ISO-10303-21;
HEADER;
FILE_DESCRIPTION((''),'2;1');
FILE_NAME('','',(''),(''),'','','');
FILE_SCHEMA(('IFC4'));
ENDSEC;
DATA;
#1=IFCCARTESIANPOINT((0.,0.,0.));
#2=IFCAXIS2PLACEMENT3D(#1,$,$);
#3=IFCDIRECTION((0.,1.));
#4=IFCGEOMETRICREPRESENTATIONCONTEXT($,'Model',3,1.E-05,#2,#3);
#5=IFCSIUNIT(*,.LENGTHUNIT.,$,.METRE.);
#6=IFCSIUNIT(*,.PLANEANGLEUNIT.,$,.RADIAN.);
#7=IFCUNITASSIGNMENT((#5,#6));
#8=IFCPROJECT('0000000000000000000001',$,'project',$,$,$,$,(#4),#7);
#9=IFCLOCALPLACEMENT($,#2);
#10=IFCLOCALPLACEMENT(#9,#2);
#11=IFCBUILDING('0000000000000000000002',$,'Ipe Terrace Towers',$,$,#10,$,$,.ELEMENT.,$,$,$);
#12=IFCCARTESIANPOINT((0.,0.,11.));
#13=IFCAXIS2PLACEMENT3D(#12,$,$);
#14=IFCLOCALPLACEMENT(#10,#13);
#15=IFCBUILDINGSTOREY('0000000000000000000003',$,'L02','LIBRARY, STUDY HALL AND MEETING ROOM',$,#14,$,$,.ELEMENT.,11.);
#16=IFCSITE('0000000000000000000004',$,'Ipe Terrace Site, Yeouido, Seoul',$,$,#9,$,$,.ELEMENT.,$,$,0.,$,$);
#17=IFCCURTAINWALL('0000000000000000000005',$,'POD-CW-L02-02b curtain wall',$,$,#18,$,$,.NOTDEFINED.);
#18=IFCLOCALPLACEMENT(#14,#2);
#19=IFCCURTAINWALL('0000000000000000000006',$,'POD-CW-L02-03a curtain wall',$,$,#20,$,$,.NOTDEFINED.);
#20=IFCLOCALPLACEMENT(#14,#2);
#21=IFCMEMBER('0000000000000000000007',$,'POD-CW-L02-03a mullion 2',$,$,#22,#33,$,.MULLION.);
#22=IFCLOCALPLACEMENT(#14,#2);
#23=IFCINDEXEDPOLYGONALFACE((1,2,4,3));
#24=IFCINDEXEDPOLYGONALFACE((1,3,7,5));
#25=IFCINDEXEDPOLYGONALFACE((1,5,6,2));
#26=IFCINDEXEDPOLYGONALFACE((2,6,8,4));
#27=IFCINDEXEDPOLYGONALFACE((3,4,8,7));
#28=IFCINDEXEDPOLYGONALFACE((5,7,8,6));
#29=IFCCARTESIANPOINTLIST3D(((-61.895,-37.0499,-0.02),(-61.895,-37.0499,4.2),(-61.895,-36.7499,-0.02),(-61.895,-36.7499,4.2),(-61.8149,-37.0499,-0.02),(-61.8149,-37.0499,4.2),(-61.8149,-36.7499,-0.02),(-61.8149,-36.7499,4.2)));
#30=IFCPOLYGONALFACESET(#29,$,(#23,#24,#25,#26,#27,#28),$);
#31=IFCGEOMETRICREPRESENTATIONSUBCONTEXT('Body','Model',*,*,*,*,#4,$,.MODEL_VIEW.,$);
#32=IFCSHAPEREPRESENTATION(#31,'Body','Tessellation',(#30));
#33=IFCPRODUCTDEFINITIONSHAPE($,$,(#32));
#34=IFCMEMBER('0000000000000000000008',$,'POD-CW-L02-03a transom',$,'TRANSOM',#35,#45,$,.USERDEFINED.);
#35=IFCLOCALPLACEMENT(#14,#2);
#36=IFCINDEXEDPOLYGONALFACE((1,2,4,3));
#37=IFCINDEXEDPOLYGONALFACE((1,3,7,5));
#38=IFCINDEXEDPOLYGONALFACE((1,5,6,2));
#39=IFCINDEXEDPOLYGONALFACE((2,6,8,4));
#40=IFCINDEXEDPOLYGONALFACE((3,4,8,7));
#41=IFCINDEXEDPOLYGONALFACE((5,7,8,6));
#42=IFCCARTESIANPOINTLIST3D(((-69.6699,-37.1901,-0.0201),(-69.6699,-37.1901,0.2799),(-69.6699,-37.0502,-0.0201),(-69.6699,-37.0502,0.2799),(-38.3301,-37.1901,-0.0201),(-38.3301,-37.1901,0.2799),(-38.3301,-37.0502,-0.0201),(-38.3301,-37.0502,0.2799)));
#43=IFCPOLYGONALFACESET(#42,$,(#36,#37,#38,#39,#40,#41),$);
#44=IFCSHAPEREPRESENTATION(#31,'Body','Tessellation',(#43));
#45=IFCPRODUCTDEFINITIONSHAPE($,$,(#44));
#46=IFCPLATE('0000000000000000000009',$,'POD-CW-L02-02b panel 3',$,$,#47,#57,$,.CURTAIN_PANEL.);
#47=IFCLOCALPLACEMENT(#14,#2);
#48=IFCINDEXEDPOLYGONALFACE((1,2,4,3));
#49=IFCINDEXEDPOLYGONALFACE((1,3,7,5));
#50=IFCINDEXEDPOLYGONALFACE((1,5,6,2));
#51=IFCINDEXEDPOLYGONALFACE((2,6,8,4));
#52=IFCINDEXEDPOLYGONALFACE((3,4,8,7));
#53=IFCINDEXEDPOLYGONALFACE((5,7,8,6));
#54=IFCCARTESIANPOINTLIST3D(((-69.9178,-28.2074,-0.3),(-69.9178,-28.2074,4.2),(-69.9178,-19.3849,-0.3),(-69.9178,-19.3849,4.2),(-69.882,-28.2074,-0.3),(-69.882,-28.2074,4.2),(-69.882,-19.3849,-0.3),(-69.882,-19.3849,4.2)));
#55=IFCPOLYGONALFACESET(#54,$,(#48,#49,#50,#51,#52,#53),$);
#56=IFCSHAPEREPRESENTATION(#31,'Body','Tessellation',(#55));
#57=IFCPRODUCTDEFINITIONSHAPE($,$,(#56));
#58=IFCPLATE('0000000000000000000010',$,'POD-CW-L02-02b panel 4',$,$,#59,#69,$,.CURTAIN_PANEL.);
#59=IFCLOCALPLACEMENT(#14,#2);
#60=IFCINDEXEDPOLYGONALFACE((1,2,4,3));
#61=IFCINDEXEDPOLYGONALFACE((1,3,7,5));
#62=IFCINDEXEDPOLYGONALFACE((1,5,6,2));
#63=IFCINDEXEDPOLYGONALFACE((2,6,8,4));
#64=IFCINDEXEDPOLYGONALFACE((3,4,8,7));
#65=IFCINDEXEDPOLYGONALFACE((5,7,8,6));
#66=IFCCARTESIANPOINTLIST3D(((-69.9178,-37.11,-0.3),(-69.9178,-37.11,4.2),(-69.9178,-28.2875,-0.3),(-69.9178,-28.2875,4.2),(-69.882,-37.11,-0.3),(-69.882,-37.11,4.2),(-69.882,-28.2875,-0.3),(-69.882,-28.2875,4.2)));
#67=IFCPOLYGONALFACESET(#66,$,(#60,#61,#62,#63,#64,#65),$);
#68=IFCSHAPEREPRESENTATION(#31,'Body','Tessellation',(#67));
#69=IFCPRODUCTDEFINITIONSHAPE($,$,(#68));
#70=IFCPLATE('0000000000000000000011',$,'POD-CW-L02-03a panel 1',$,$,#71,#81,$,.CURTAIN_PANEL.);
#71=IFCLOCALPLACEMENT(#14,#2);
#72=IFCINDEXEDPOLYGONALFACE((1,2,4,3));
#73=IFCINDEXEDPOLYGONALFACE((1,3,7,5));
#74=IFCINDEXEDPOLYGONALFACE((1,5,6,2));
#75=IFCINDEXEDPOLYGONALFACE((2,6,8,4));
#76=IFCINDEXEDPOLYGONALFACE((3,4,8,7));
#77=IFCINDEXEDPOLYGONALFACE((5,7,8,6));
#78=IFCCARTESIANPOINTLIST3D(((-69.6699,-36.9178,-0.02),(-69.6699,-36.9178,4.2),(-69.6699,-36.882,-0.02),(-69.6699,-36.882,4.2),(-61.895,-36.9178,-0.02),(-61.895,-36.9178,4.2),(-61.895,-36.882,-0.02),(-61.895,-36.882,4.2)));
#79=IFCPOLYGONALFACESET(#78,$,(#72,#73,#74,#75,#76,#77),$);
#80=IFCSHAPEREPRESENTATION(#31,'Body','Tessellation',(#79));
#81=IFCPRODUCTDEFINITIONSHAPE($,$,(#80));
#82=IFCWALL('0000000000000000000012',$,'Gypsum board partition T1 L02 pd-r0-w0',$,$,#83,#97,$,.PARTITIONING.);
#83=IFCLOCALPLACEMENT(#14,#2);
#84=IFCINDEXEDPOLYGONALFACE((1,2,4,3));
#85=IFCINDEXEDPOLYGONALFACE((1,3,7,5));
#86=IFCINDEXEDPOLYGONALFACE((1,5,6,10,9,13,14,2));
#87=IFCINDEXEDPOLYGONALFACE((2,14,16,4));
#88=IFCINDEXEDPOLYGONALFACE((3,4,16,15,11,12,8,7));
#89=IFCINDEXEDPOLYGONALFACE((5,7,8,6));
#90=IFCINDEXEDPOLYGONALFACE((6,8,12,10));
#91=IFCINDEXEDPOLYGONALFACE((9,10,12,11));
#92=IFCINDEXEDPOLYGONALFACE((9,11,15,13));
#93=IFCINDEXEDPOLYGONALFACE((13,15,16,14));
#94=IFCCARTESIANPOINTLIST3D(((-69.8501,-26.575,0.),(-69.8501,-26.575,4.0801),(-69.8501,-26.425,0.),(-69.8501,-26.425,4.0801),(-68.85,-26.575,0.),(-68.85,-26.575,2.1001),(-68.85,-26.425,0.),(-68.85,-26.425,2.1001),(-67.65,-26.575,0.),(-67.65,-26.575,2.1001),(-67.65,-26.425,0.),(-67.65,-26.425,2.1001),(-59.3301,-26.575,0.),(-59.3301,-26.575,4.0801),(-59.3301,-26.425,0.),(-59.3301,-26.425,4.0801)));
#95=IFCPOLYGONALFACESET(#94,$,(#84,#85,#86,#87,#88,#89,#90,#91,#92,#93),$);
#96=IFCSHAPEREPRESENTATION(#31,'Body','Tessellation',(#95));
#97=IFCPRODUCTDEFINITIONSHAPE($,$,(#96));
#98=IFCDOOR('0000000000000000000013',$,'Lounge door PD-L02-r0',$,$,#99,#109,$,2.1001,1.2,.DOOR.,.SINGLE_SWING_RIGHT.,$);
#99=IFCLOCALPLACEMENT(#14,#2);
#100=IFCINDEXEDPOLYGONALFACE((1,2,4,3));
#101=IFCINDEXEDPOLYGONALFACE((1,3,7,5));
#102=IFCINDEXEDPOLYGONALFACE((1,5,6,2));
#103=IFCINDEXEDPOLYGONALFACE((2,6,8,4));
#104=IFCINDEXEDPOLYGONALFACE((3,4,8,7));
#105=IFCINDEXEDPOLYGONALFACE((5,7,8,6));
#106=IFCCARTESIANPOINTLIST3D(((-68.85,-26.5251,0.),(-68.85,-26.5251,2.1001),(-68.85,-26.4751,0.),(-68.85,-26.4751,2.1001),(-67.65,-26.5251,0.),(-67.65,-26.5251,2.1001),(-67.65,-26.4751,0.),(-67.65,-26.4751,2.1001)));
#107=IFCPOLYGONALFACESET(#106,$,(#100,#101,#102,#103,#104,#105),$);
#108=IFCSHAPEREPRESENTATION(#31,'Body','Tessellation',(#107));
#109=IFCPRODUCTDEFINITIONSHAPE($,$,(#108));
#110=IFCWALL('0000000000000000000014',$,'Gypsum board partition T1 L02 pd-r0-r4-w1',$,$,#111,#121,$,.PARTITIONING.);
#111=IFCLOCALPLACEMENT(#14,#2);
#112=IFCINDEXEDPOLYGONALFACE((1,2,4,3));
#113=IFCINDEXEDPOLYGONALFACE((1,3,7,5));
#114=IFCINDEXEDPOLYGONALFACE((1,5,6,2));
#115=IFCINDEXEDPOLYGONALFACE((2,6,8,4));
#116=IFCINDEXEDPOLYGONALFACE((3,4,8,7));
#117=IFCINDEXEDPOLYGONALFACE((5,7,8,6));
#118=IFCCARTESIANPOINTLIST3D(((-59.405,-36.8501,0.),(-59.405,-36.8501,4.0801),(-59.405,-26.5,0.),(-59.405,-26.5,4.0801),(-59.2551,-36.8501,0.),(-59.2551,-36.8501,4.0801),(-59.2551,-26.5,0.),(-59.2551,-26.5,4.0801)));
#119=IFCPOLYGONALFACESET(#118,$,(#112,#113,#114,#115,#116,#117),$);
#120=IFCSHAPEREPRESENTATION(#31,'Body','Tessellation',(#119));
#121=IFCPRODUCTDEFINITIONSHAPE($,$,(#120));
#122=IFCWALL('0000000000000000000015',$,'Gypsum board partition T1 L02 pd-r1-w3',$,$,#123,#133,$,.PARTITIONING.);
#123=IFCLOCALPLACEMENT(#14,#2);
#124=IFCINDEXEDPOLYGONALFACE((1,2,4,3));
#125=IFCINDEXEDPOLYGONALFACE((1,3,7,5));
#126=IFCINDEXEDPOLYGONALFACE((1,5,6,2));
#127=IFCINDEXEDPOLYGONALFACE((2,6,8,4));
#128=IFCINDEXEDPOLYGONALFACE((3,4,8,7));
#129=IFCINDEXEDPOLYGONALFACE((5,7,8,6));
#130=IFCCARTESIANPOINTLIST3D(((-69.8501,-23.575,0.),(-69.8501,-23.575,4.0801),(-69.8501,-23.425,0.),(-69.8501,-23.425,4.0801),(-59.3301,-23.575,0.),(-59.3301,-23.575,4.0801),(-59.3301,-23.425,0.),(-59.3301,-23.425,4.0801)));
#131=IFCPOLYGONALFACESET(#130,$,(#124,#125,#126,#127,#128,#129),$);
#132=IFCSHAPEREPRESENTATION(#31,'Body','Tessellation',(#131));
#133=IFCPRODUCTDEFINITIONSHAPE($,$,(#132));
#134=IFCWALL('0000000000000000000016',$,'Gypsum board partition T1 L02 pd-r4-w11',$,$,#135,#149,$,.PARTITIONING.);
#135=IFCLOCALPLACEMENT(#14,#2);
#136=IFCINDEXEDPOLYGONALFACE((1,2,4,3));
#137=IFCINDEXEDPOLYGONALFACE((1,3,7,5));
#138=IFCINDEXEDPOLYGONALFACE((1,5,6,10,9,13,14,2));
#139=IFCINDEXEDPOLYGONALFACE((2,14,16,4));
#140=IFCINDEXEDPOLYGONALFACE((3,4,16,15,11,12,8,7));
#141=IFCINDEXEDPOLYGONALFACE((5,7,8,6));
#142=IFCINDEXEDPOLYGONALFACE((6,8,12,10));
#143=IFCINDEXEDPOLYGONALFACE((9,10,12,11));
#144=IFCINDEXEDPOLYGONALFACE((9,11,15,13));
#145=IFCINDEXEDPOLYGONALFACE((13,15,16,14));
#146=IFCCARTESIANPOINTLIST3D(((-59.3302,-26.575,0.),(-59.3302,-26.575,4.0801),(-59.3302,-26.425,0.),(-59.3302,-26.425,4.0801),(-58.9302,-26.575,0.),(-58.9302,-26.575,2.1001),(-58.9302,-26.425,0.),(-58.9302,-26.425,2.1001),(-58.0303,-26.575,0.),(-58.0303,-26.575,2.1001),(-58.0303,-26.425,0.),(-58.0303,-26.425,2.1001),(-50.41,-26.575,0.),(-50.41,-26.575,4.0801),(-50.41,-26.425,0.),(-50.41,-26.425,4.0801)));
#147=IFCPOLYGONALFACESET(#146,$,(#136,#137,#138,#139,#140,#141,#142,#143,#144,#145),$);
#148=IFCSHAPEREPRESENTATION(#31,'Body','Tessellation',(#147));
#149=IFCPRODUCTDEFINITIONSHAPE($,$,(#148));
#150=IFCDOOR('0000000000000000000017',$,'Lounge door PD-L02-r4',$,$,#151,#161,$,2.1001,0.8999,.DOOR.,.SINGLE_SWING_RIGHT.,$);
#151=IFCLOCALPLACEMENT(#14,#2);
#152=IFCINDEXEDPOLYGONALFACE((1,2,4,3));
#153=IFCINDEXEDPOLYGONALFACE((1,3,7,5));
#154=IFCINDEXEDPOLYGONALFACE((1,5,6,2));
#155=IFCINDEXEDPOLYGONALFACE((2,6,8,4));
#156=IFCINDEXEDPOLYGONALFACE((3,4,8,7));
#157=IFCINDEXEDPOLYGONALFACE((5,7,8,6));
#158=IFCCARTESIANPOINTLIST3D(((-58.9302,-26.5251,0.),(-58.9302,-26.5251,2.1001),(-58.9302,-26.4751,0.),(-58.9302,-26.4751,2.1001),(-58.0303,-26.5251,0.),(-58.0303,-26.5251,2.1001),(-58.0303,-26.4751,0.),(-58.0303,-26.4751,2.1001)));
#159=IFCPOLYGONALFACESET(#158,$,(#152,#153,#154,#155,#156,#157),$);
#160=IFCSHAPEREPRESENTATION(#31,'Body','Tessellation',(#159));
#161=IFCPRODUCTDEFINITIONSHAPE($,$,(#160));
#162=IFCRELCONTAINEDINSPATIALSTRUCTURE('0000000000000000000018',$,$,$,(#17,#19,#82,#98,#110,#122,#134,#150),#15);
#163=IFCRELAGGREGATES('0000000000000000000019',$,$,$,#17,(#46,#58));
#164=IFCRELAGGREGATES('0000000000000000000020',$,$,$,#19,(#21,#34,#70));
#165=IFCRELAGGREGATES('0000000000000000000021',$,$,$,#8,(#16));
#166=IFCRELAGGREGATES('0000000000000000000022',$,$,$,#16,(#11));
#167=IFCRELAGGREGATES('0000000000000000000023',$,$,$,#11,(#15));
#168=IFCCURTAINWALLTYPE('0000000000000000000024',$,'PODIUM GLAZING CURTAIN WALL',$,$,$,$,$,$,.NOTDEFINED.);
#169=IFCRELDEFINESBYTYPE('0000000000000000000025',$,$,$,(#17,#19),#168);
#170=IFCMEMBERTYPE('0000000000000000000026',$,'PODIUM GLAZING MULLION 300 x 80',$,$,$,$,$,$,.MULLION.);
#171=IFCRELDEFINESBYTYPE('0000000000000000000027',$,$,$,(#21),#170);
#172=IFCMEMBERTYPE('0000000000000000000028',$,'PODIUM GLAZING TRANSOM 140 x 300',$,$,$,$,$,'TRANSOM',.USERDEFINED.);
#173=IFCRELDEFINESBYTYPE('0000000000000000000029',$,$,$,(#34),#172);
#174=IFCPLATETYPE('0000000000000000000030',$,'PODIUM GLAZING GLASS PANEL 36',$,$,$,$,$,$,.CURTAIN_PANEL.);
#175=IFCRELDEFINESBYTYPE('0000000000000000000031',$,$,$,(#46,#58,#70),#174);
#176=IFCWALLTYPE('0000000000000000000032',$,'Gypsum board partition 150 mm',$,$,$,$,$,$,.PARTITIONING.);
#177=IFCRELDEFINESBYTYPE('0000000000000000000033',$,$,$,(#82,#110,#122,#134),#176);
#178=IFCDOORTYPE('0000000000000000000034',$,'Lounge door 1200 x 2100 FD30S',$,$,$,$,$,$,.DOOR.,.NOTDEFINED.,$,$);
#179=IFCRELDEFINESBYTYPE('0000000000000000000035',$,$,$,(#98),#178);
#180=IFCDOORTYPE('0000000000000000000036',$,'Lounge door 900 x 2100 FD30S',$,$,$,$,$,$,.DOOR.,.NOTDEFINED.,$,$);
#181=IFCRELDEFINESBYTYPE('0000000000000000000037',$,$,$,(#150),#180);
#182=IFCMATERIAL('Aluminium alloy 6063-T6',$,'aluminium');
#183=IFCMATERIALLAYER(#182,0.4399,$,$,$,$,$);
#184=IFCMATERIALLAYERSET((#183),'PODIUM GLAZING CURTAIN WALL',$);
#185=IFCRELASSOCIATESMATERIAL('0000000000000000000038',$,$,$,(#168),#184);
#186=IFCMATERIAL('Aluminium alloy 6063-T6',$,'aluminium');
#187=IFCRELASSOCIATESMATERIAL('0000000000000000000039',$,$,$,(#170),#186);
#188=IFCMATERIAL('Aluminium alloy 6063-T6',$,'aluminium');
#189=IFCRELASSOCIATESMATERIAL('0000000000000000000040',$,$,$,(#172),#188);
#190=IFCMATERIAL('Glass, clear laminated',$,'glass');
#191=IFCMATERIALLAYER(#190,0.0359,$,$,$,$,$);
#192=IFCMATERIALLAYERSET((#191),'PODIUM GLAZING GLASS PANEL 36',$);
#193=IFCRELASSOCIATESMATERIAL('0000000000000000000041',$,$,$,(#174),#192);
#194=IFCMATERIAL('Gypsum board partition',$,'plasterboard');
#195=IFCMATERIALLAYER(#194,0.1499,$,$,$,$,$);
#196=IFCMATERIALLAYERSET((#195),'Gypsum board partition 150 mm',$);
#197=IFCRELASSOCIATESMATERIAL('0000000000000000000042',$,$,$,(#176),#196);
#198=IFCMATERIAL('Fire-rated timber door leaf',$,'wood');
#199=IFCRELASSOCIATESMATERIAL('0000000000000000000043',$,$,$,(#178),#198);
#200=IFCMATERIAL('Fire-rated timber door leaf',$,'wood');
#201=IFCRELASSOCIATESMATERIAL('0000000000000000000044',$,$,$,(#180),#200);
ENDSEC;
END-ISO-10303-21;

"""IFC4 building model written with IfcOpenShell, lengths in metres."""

from ifc_helpers import new_model, si_unit, direction, frame, frame_2d, origin, origin_2d, place, context, subcontext, project, spatial, rectangle, extrude, material, layer, layer_set, material_profile, profile_set, type_object, element, fill, aggregate, save


model = new_model("IFC4")

# Units and contexts
model_context = context("Model", 3, precision=1e-05, world=origin(), true_north=direction((0.0, 1.0)))
body_context = subcontext(model_context, "Body", "Model", "MODEL_VIEW")
ifc_project = project(units=[si_unit("LENGTHUNIT", "METRE"), si_unit("PLANEANGLEUNIT", "RADIAN")], contexts=[model_context])

# Site, building, storey
site_placement = place(None, origin())
site = spatial("IfcSite", under=ifc_project, at=site_placement, Name="Ipe Terrace Site, Yeouido, Seoul", CompositionType="ELEMENT", RefElevation=0.0)
building_placement = place(site_placement, origin())
building = spatial("IfcBuilding", under=site, at=building_placement, Name="Ipe Terrace Towers", CompositionType="ELEMENT")
storey_placement = place(building_placement, frame((0.0, 0.0, 11.0)))
storey = spatial("IfcBuildingStorey", under=building, at=storey_placement, Name="L02", Description="LIBRARY, STUDY HALL AND MEETING ROOM", CompositionType="ELEMENT", Elevation=11.0)

# Curtain walls, members
ifc_material_1 = material(Name="Aluminium alloy 6063-T6", Category="aluminium")
ifc_layer_1 = layer(ifc_material_1, 0.4399)
ifc_layer_set_1 = layer_set([ifc_layer_1], Name="PODIUM GLAZING CURTAIN WALL")
curtain_wall_type = type_object("IfcCurtainWallType", Name="PODIUM GLAZING CURTAIN WALL", PredefinedType="NOTDEFINED", material=ifc_layer_set_1)
curtain_wall_1_placement = place(storey_placement, origin())
curtain_wall_1 = element("IfcCurtainWall", 1, at=curtain_wall_1_placement, inside=storey, type_object=curtain_wall_type, Name="POD-CW-L02-02b curtain wall", PredefinedType="NOTDEFINED")
ifc_material_2 = material(Name="Aluminium alloy 6063-T6", Category="aluminium")
ifc_material_profile_1 = material_profile(ifc_material_2, rectangle(XDim=0.3, YDim=0.0801, at=origin_2d()), Name="PODIUM GLAZING MULLION 300 x 80")
ifc_profile_set_1 = profile_set([ifc_material_profile_1], Name="Aluminium alloy 6063-T6")
member_type_1 = type_object("IfcMemberType", Name="PODIUM GLAZING MULLION 300 x 80", PredefinedType="MULLION", material=ifc_profile_set_1)
curtain_wall_2_placement = place(storey_placement, origin())
curtain_wall_2 = element("IfcCurtainWall", 2, at=curtain_wall_2_placement, inside=storey, type_object=curtain_wall_type, Name="POD-CW-L02-03a curtain wall", PredefinedType="NOTDEFINED")
member_1_placement = place(storey_placement, frame((-61.855, -36.8999, -0.02), z_axis=(0.0, 0.0, 1.0), x_axis=(0.0, -1.0, 0.0)))
member_1 = element("IfcMember", 3, at=member_1_placement, type_object=member_type_1, Name="POD-CW-L02-03a mullion 2", PredefinedType="MULLION", context=body_context, shape_type="SweptSolid", body=[
    extrude(rectangle(XDim=0.3, YDim=0.0801, at=origin_2d()), origin(), (0.0, 0.0, 1.0), 4.22),
])
ifc_material_3 = material(Name="Aluminium alloy 6063-T6", Category="aluminium")
ifc_material_profile_2 = material_profile(ifc_material_3, rectangle(XDim=0.1399, YDim=0.3, at=origin_2d()), Name="PODIUM GLAZING TRANSOM 140 x 300")
ifc_profile_set_2 = profile_set([ifc_material_profile_2], Name="Aluminium alloy 6063-T6")
member_type_2 = type_object("IfcMemberType", Name="PODIUM GLAZING TRANSOM 140 x 300", ElementType="TRANSOM", PredefinedType="USERDEFINED", material=ifc_profile_set_2)
member_2_placement = place(storey_placement, frame((-69.6699, -37.1201, 0.1299), z_axis=(1.0, 0.0, 0.0), x_axis=(0.0, -1.0, 0.0)))
member_2 = element("IfcMember", 4, at=member_2_placement, type_object=member_type_2, Name="POD-CW-L02-03a transom", ObjectType="TRANSOM", PredefinedType="USERDEFINED", context=body_context, shape_type="SweptSolid", body=[
    extrude(rectangle(XDim=0.1399, YDim=0.3, at=origin_2d()), origin(), (0.0, 0.0, 1.0), 31.3398),
])

# Plates
ifc_material_4 = material(Name="Glass, clear laminated", Category="glass")
ifc_layer_2 = layer(ifc_material_4, 0.0359)
ifc_layer_set_2 = layer_set([ifc_layer_2], Name="PODIUM GLAZING GLASS PANEL 36")
plate_type = type_object("IfcPlateType", Name="PODIUM GLAZING GLASS PANEL 36", PredefinedType="CURTAIN_PANEL", material=ifc_layer_set_2)
plate_1_placement = place(storey_placement, frame((-69.8999, -23.7961, -0.3), z_axis=(0.0, 0.0, 1.0), x_axis=(0.0, -1.0, 0.0)))
plate_1 = element("IfcPlate", 5, at=plate_1_placement, type_object=plate_type, Name="POD-CW-L02-02b panel 3", PredefinedType="CURTAIN_PANEL", context=body_context, shape_type="SweptSolid", body=[
    extrude(rectangle(XDim=8.8225, YDim=0.0359, at=origin_2d()), origin(), (0.0, 0.0, 1.0), 4.5),
])
plate_2_placement = place(storey_placement, frame((-69.8999, -32.6987, -0.3), z_axis=(0.0, 0.0, 1.0), x_axis=(0.0, -1.0, 0.0)))
plate_2 = element("IfcPlate", 6, at=plate_2_placement, type_object=plate_type, Name="POD-CW-L02-02b panel 4", PredefinedType="CURTAIN_PANEL", context=body_context, shape_type="SweptSolid", body=[
    extrude(rectangle(XDim=8.8225, YDim=0.0359, at=origin_2d()), origin(), (0.0, 0.0, 1.0), 4.5),
])
aggregate(curtain_wall_1, [plate_1, plate_2])
plate_3_placement = place(storey_placement, frame((-65.7825, -36.8999, -0.02), z_axis=(0.0, 0.0, 1.0), x_axis=(1.0, 0.0, 0.0)))
plate_3 = element("IfcPlate", 7, at=plate_3_placement, type_object=plate_type, Name="POD-CW-L02-03a panel 1", PredefinedType="CURTAIN_PANEL", context=body_context, shape_type="SweptSolid", body=[
    extrude(rectangle(XDim=7.7749, YDim=0.0359, at=origin_2d()), origin(), (0.0, 0.0, 1.0), 4.22),
])
aggregate(curtain_wall_2, [member_1, member_2, plate_3])

# Wall, opening, door
ifc_material_5 = material(Name="Gypsum board partition", Category="plasterboard")
ifc_layer_3 = layer(ifc_material_5, 0.1499)
ifc_layer_set_3 = layer_set([ifc_layer_3], Name="Gypsum board partition 150 mm")
wall_type_1 = type_object("IfcWallType", Name="Gypsum board partition 150 mm", PredefinedType="PARTITIONING", material=ifc_layer_set_3)
wall_1_placement = place(storey_placement, frame((-69.8501, -26.5, 0.0), z_axis=(0.0, 0.0, 1.0), x_axis=(1.0, 0.0, 0.0)))
wall_1 = element("IfcWall", 8, at=wall_1_placement, inside=storey, type_object=wall_type_1, Name="Gypsum board partition T1 L02 pd-r0-w0", PredefinedType="PARTITIONING", context=body_context, shape_type="SweptSolid", body=[
    extrude(rectangle(XDim=10.52, YDim=0.1499, at=frame_2d((5.26, 0.0))), origin(), (0.0, 0.0, 1.0), 4.0801),
])
opening_1_placement = place(wall_1_placement, frame((1.0, 0.0, 0.0)))
opening_1 = element("IfcOpeningElement", 9, at=opening_1_placement, cuts=wall_1, PredefinedType="OPENING", context=body_context, shape_type="SweptSolid", body=[
    extrude(rectangle(XDim=1.2, YDim=2.1001, at=frame_2d((0.6001, 1.05))), frame((0.0, 0.085, 0.0), z_axis=(0.0, -1.0, 0.0), x_axis=(1.0, 0.0, 0.0)), (0.0, 0.0, 1.0), 0.1699),
])
ifc_material_6 = material(Name="Fire-rated timber door leaf", Category="wood")
door_type_1 = type_object("IfcDoorType", Name="Lounge door 1200 x 2100 FD30S", OperationType="NOTDEFINED", PredefinedType="DOOR", material=ifc_material_6)
door_1_placement = place(opening_1_placement, origin())
door_1 = element("IfcDoor", 10, at=door_1_placement, inside=storey, type_object=door_type_1, Name="Lounge door PD-L02-r0", OperationType="SINGLE_SWING_RIGHT", OverallHeight=2.1001, OverallWidth=1.2, PredefinedType="DOOR", context=body_context, shape_type="SweptSolid", body=[
    extrude(rectangle(XDim=1.2, YDim=2.1001, at=frame_2d((0.6001, 1.05))), frame((0.0, 0.0249, 0.0), z_axis=(0.0, -1.0, 0.0), x_axis=(1.0, 0.0, 0.0)), (0.0, 0.0, 1.0), 0.05),
])
fill(opening_1, door_1)

# Walls
wall_2_placement = place(storey_placement, frame((-59.3301, -26.5, 0.0), z_axis=(0.0, 0.0, 1.0), x_axis=(0.0, -1.0, 0.0)))
element("IfcWall", 11, at=wall_2_placement, inside=storey, type_object=wall_type_1, Name="Gypsum board partition T1 L02 pd-r0-r4-w1", PredefinedType="PARTITIONING", context=body_context, shape_type="SweptSolid", body=[
    extrude(rectangle(XDim=10.3501, YDim=0.1499, at=frame_2d((5.175, 0.0))), origin(), (0.0, 0.0, 1.0), 4.0801),
])
wall_3_placement = place(storey_placement, frame((-59.3301, -23.5, 0.0), z_axis=(0.0, 0.0, 1.0), x_axis=(-1.0, 0.0, 0.0)))
element("IfcWall", 12, at=wall_3_placement, inside=storey, type_object=wall_type_1, Name="Gypsum board partition T1 L02 pd-r1-w3", PredefinedType="PARTITIONING", context=body_context, shape_type="SweptSolid", body=[
    extrude(rectangle(XDim=10.52, YDim=0.1499, at=frame_2d((5.26, 0.0))), origin(), (0.0, 0.0, 1.0), 4.0801),
])

# Wall, opening, door
wall_4_placement = place(storey_placement, frame((-59.3301, -26.5, 0.0), z_axis=(0.0, 0.0, 1.0), x_axis=(1.0, 0.0, 0.0)))
wall_4 = element("IfcWall", 13, at=wall_4_placement, inside=storey, type_object=wall_type_1, Name="Gypsum board partition T1 L02 pd-r4-w11", PredefinedType="PARTITIONING", context=body_context, shape_type="SweptSolid", body=[
    extrude(rectangle(XDim=8.9202, YDim=0.1499, at=frame_2d((4.46, 0.0))), origin(), (0.0, 0.0, 1.0), 4.0801),
])
opening_2_placement = place(wall_4_placement, frame((0.3999, 0.0, 0.0)))
opening_2 = element("IfcOpeningElement", 14, at=opening_2_placement, cuts=wall_4, PredefinedType="OPENING", context=body_context, shape_type="SweptSolid", body=[
    extrude(rectangle(XDim=0.8999, YDim=2.1001, at=frame_2d((0.45, 1.05))), frame((0.0, 0.085, 0.0), z_axis=(0.0, -1.0, 0.0), x_axis=(1.0, 0.0, 0.0)), (0.0, 0.0, 1.0), 0.1699),
])
ifc_material_7 = material(Name="Fire-rated timber door leaf", Category="wood")
door_type_2 = type_object("IfcDoorType", Name="Lounge door 900 x 2100 FD30S", OperationType="NOTDEFINED", PredefinedType="DOOR", material=ifc_material_7)
door_2_placement = place(opening_2_placement, origin())
door_2 = element("IfcDoor", 15, at=door_2_placement, inside=storey, type_object=door_type_2, Name="Lounge door PD-L02-r4", OperationType="SINGLE_SWING_RIGHT", OverallHeight=2.1001, OverallWidth=0.8999, PredefinedType="DOOR", context=body_context, shape_type="SweptSolid", body=[
    extrude(rectangle(XDim=0.8999, YDim=2.1001, at=frame_2d((0.45, 1.05))), frame((0.0, 0.0249, 0.0), z_axis=(0.0, -1.0, 0.0), x_axis=(1.0, 0.0, 0.0)), (0.0, 0.0, 1.0), 0.05),
])
fill(opening_2, door_2)

save(model, "model.ifc")
